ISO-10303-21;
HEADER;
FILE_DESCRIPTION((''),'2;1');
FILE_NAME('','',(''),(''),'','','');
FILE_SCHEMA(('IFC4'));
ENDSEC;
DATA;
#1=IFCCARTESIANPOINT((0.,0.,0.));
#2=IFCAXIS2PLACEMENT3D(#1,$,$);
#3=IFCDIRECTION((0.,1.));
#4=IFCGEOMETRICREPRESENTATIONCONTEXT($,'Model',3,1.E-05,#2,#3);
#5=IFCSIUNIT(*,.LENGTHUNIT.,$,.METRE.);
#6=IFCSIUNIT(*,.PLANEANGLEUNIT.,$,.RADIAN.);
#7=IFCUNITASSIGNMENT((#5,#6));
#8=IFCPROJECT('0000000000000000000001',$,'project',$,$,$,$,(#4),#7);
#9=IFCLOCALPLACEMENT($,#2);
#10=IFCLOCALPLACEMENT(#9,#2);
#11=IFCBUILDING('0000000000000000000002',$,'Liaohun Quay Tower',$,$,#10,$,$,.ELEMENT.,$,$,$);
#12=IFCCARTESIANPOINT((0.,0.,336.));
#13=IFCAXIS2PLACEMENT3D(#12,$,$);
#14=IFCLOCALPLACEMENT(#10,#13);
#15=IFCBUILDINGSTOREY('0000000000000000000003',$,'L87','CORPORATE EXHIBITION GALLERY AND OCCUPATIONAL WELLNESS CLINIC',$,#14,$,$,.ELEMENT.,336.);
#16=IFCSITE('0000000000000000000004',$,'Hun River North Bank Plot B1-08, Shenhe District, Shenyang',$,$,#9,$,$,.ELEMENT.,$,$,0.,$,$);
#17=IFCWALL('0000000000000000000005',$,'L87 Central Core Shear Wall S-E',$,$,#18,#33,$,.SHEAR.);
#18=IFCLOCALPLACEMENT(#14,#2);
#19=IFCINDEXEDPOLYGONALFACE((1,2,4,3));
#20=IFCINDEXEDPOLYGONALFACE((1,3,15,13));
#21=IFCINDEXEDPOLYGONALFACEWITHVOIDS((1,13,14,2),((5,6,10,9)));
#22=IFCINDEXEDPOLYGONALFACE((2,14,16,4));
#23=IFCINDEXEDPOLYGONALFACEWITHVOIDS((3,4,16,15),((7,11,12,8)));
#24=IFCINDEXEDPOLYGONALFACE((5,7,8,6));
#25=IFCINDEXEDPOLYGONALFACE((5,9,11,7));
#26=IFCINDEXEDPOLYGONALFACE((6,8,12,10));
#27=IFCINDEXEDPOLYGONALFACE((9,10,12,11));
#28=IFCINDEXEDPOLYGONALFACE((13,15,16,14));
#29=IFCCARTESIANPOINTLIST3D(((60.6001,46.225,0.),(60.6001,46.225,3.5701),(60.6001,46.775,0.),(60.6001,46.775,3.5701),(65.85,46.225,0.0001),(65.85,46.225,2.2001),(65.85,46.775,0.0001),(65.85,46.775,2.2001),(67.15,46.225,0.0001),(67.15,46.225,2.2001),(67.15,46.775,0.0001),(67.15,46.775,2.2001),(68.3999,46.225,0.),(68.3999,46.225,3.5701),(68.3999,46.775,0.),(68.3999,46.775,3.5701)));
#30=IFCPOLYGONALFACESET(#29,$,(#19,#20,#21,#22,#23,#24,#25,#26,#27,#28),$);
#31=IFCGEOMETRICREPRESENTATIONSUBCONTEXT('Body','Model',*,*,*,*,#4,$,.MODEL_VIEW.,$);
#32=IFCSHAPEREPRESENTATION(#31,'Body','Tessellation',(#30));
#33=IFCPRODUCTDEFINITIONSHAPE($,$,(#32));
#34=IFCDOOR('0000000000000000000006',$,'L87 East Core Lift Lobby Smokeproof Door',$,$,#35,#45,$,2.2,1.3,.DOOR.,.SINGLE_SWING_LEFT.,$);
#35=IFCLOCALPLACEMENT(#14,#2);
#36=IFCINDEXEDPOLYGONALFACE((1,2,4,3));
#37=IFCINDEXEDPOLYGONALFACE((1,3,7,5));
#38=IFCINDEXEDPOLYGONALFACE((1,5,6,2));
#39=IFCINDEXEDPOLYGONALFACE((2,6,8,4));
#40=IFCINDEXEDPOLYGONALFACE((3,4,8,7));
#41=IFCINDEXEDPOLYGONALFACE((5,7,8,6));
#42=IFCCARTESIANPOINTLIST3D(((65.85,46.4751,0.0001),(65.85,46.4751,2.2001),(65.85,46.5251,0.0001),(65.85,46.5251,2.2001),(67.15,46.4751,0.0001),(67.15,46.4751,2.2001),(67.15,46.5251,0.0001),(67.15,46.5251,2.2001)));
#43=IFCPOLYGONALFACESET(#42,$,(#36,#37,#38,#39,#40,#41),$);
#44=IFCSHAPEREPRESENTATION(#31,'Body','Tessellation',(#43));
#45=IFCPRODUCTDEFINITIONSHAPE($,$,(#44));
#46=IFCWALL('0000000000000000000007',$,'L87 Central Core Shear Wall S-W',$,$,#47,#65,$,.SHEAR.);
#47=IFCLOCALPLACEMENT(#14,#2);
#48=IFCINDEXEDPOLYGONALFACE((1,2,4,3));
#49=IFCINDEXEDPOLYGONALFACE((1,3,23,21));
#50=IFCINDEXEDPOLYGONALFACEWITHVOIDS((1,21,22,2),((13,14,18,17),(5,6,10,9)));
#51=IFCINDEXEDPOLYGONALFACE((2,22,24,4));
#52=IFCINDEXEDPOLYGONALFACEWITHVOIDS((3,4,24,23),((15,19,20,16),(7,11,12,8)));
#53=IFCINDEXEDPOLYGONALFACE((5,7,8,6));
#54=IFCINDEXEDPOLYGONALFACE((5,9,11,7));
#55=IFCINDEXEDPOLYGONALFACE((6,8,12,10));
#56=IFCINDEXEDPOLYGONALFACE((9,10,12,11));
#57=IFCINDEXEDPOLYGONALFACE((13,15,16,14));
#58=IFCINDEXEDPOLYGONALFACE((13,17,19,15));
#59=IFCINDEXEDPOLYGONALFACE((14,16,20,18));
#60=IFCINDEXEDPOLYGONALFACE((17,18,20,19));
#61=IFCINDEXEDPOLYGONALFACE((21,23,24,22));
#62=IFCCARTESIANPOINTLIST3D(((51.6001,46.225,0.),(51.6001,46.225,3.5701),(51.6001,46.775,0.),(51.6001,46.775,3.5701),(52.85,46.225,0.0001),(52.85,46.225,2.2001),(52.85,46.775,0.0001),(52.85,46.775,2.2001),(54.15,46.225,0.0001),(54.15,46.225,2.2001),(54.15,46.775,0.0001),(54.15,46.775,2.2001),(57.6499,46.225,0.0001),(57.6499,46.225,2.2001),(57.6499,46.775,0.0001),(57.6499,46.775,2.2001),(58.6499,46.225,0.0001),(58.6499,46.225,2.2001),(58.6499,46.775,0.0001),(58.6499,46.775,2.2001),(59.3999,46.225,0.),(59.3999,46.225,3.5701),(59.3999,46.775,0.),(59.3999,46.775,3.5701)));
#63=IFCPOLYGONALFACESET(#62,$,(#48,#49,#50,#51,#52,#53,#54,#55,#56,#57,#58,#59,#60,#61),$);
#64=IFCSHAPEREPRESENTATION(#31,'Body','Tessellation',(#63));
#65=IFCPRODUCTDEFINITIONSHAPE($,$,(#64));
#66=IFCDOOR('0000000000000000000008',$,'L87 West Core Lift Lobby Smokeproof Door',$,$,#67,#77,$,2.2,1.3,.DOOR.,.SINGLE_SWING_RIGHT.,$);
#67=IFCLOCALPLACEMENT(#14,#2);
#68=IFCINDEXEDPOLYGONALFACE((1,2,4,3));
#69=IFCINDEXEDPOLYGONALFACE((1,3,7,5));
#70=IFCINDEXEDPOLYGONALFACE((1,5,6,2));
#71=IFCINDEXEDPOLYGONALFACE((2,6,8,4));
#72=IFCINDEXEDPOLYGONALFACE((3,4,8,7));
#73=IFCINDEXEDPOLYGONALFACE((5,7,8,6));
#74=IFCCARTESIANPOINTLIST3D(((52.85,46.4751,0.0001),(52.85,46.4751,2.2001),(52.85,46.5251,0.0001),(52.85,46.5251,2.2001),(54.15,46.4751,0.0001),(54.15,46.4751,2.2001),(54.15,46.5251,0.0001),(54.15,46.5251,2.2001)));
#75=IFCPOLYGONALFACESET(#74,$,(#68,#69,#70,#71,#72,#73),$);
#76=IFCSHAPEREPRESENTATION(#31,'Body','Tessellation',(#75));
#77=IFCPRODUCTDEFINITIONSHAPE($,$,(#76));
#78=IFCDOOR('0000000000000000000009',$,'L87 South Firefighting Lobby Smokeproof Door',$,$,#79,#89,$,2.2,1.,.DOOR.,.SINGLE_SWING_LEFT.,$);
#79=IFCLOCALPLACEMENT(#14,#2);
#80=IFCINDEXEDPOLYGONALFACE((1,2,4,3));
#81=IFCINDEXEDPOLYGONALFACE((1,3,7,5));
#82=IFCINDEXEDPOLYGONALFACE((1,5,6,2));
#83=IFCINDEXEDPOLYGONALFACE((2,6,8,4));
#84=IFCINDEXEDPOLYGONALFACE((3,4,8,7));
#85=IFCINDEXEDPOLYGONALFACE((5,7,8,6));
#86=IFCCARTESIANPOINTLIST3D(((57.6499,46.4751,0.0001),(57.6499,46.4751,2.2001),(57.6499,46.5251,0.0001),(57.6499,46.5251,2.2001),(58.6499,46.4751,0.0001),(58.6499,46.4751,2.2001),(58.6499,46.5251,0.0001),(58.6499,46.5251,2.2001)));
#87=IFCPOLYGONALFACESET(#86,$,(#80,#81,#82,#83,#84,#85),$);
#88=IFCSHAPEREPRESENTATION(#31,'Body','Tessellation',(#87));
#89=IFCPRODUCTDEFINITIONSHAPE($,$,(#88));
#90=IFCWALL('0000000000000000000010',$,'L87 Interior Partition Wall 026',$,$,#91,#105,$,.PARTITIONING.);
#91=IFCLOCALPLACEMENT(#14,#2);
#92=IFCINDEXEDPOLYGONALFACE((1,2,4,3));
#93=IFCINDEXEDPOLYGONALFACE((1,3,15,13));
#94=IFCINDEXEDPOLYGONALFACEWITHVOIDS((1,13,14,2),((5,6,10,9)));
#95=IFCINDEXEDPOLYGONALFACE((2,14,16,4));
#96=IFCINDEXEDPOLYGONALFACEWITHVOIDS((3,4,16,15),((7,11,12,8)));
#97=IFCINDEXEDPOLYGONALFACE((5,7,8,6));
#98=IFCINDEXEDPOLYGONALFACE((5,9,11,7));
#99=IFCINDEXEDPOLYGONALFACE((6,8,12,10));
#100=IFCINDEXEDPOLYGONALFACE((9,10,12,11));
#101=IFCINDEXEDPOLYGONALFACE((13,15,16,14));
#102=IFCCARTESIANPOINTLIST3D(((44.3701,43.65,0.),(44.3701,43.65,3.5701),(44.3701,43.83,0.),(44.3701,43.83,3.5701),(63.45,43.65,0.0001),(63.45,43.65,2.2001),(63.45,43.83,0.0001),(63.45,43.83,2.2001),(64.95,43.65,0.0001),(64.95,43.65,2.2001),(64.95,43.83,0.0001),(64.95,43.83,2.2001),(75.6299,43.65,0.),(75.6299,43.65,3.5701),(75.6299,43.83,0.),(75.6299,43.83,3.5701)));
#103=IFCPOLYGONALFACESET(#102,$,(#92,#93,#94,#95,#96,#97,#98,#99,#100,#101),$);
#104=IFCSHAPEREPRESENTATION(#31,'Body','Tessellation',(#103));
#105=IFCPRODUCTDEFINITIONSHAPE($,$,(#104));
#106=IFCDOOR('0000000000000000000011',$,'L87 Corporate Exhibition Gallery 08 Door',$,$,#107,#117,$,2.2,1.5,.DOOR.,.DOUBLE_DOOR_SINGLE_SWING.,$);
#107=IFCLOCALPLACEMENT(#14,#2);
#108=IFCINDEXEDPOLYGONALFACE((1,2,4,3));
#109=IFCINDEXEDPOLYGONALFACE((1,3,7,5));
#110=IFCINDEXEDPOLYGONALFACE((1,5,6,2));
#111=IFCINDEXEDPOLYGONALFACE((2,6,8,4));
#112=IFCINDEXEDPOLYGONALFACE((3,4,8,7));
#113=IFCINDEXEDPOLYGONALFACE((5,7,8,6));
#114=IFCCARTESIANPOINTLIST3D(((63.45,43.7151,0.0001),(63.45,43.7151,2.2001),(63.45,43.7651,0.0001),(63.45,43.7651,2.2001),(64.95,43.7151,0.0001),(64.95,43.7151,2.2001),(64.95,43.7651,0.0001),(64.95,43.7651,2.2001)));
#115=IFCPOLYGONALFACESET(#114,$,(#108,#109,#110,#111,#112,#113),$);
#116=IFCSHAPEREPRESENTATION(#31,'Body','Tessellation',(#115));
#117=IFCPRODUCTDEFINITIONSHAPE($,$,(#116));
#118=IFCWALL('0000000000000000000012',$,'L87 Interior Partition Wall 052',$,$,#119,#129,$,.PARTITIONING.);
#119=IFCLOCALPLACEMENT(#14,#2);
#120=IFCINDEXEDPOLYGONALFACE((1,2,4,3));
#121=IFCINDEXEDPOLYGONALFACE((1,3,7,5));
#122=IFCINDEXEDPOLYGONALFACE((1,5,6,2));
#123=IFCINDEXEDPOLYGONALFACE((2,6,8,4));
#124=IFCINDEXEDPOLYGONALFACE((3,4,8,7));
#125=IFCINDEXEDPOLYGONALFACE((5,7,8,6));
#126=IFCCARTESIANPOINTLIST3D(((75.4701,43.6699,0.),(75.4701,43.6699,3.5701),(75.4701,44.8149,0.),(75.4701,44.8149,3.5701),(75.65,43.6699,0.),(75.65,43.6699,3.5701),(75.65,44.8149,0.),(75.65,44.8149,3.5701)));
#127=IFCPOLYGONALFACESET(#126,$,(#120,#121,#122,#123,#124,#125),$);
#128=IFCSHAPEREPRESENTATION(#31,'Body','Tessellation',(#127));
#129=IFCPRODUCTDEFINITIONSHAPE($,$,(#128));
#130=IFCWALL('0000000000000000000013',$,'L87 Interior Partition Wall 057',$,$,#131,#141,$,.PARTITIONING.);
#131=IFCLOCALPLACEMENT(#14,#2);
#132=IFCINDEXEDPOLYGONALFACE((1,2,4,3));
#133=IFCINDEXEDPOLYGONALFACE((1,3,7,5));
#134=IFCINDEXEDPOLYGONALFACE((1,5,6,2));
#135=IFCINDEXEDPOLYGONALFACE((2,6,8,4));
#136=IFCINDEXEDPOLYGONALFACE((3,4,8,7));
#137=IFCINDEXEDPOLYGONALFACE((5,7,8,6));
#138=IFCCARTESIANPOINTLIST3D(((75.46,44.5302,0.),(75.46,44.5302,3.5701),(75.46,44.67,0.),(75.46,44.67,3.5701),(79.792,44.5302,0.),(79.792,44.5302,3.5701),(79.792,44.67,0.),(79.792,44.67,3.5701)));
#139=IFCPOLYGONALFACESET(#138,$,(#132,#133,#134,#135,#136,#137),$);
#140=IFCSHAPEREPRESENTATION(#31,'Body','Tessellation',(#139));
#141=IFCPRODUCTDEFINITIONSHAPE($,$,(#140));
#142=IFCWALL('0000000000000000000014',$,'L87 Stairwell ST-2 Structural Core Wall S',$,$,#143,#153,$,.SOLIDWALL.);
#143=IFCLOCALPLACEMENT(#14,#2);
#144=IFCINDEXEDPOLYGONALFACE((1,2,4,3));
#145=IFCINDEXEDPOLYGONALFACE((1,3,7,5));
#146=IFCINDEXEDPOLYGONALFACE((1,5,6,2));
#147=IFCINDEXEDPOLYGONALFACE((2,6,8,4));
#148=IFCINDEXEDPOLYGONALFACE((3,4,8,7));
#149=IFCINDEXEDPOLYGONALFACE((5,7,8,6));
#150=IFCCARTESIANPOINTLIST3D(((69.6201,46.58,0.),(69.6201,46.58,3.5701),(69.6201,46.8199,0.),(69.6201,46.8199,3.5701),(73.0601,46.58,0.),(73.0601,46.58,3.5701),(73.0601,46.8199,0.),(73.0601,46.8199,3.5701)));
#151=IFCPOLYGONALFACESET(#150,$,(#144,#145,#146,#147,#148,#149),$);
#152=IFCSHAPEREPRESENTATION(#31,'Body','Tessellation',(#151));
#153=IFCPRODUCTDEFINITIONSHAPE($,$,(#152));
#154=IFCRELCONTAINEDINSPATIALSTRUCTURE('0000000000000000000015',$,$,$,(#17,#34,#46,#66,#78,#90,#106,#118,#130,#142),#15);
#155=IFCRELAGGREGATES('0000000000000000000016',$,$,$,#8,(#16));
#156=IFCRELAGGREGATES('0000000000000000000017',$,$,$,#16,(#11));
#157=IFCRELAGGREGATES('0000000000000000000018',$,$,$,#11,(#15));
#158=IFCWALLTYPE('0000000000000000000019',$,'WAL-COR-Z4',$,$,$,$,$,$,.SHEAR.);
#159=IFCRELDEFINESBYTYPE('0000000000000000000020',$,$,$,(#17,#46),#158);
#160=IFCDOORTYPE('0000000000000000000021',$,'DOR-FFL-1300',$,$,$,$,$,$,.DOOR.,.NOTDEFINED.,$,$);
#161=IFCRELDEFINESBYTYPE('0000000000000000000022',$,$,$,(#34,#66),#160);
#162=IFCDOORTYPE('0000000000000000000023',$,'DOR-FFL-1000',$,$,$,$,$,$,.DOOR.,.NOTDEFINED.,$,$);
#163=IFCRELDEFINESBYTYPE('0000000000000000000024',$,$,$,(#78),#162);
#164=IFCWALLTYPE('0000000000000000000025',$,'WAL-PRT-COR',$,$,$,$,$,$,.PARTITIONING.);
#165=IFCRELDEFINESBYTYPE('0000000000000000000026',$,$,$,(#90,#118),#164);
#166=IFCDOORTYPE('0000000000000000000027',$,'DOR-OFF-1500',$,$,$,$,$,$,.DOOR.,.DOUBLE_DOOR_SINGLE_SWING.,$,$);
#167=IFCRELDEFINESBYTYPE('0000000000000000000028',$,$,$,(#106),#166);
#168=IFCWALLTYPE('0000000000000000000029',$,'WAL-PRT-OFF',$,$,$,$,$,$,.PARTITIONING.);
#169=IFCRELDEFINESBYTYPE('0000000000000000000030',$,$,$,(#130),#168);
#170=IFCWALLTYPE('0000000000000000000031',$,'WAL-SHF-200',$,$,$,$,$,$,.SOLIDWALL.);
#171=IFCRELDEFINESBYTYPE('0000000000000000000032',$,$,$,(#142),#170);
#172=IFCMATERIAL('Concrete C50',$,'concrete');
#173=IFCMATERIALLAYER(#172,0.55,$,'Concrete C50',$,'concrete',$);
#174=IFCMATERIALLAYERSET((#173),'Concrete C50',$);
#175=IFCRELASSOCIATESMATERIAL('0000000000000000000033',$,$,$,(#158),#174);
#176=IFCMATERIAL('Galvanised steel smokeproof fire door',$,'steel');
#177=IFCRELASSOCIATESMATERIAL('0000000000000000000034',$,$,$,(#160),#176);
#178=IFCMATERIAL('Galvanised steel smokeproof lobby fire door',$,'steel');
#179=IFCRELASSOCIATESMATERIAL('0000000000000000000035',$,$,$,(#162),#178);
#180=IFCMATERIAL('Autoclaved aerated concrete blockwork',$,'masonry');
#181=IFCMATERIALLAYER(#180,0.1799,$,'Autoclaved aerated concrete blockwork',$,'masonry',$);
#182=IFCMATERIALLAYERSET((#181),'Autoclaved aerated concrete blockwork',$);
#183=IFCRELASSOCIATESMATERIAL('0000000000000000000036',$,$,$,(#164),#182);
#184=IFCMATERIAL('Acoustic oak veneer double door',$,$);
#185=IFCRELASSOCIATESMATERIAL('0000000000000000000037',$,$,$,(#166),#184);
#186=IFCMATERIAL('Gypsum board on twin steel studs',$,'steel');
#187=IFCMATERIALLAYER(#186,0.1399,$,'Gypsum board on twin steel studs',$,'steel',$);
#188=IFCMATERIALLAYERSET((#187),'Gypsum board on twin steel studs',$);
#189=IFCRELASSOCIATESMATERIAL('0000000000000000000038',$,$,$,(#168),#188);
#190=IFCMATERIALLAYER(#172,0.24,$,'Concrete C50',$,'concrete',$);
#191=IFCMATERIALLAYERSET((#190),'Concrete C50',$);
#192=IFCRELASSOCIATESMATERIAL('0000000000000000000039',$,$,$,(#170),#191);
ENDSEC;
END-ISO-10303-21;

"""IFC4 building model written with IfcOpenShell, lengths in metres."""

from ifc_helpers import new_model, si_unit, direction, frame, frame_2d, origin, place, context, subcontext, project, spatial, rectangle, extrude, source, transform, mapped, material, layer, layer_set, type_object, element, fill, save


model = new_model("IFC4")

# Units and contexts
model_context = context("Model", 3, precision=1e-05, world=origin(), true_north=direction((0.0, 1.0)))
body_context = subcontext(model_context, "Body", "Model", "MODEL_VIEW")
ifc_project = project(units=[si_unit("LENGTHUNIT", "METRE"), si_unit("PLANEANGLEUNIT", "RADIAN")], contexts=[model_context])

# Site, building, storey
site_placement = place(None, origin())
site = spatial("IfcSite", under=ifc_project, at=site_placement, Name="Hun River North Bank Plot B1-08, Shenhe District, Shenyang", CompositionType="ELEMENT", RefElevation=0.0)
building_placement = place(site_placement, origin())
building = spatial("IfcBuilding", under=site, at=building_placement, Name="Liaohun Quay Tower", CompositionType="ELEMENT")
storey_placement = place(building_placement, frame((0.0, 0.0, 336.0)))
storey = spatial("IfcBuildingStorey", under=building, at=storey_placement, Name="L87", Description="CORPORATE EXHIBITION GALLERY AND OCCUPATIONAL WELLNESS CLINIC", CompositionType="ELEMENT", Elevation=336.0)

# Shared definitions
ifc_material_1 = material(Name="Concrete C50", Category="concrete")

# Wall, opening, door
ifc_layer_1 = layer(ifc_material_1, 0.55, Name="Concrete C50", Category="concrete")
ifc_layer_set_1 = layer_set([ifc_layer_1], Name="Concrete C50")
wall_type_1 = type_object("IfcWallType", Name="WAL-COR-Z4", PredefinedType="SHEAR", material=ifc_layer_set_1)
wall_1_placement = place(storey_placement, frame((68.3999, 46.5, 0.0), z_axis=(0.0, 0.0, 1.0), x_axis=(-1.0, 0.0, 0.0)))
wall_1 = element("IfcWall", 1, at=wall_1_placement, inside=storey, type_object=wall_type_1, Name="L87 Central Core Shear Wall S-E", PredefinedType="SHEAR", context=body_context, shape_type="SweptSolid", body=[
    extrude(rectangle(XDim=7.7998, YDim=0.55, at=frame_2d((3.8999, 0.0))), origin(), (0.0, 0.0, 1.0), 3.5701),
])
shared_shape_1 = source(origin(), body_context, "Body", "SweptSolid", [
    extrude(rectangle(XDim=1.3, YDim=2.2, at=frame_2d((0.6499, 1.1001))), frame((0.0, 0.2849, 0.0), z_axis=(0.0, -1.0, 0.0), x_axis=(1.0, 0.0, 0.0)), (0.0, 0.0, 1.0), 0.5701),
])
opening_1_placement = place(wall_1_placement, frame((1.25, 0.0, 0.0)))
opening_1 = element("IfcOpeningElement", 2, at=opening_1_placement, cuts=wall_1, PredefinedType="OPENING", context=body_context, shape_type="MappedRepresentation", body=[
    mapped(shared_shape_1, transform((0.0, 0.0, 0.0), x_axis=(1.0, 0.0, 0.0), y_axis=(0.0, 1.0, 0.0), z_axis=(0.0, 0.0, 1.0), scale=1.0)),
])
ifc_material_2 = material(Name="Galvanised steel smokeproof fire door", Category="steel")
door_type_1 = type_object("IfcDoorType", Name="DOR-FFL-1300", OperationType="NOTDEFINED", PredefinedType="DOOR", material=ifc_material_2)
shared_shape_2 = source(origin(), body_context, "Body", "SweptSolid", [
    extrude(rectangle(XDim=1.3, YDim=2.2, at=frame_2d((0.6499, 1.1001))), frame((0.0, 0.0249, 0.0), z_axis=(0.0, -1.0, 0.0), x_axis=(1.0, 0.0, 0.0)), (0.0, 0.0, 1.0), 0.05),
])
door_1_placement = place(opening_1_placement, origin())
door_1 = element("IfcDoor", 3, at=door_1_placement, inside=storey, type_object=door_type_1, Name="L87 East Core Lift Lobby Smokeproof Door", OperationType="SINGLE_SWING_LEFT", OverallHeight=2.2, OverallWidth=1.3, PredefinedType="DOOR", context=body_context, shape_type="MappedRepresentation", body=[
    mapped(shared_shape_2, transform((0.0, 0.0, 0.0), x_axis=(1.0, 0.0, 0.0), y_axis=(0.0, 1.0, 0.0), z_axis=(0.0, 0.0, 1.0), scale=1.0)),
])
fill(opening_1, door_1)

# Wall, openings, doors
wall_2_placement = place(storey_placement, frame((59.3999, 46.5, 0.0), z_axis=(0.0, 0.0, 1.0), x_axis=(-1.0, 0.0, 0.0)))
wall_2 = element("IfcWall", 4, at=wall_2_placement, inside=storey, type_object=wall_type_1, Name="L87 Central Core Shear Wall S-W", PredefinedType="SHEAR", context=body_context, shape_type="SweptSolid", body=[
    extrude(rectangle(XDim=7.7998, YDim=0.55, at=frame_2d((3.8999, 0.0))), origin(), (0.0, 0.0, 1.0), 3.5701),
])
opening_2_placement = place(wall_2_placement, frame((5.25, 0.0, 0.0)))
opening_2 = element("IfcOpeningElement", 5, at=opening_2_placement, cuts=wall_2, PredefinedType="OPENING", context=body_context, shape_type="MappedRepresentation", body=[
    mapped(shared_shape_1, transform((0.0, 0.0, 0.0), x_axis=(1.0, 0.0, 0.0), y_axis=(0.0, 1.0, 0.0), z_axis=(0.0, 0.0, 1.0), scale=1.0)),
])
shared_shape_3 = source(origin(), body_context, "Body", "SweptSolid", [
    extrude(rectangle(XDim=1.0, YDim=2.2, at=frame_2d((0.5, 1.1001))), frame((0.0, 0.2849, 0.0), z_axis=(0.0, -1.0, 0.0), x_axis=(1.0, 0.0, 0.0)), (0.0, 0.0, 1.0), 0.5701),
])
opening_3_placement = place(wall_2_placement, frame((0.75, 0.0, 0.0)))
opening_3 = element("IfcOpeningElement", 6, at=opening_3_placement, cuts=wall_2, PredefinedType="OPENING", context=body_context, shape_type="MappedRepresentation", body=[
    mapped(shared_shape_3, transform((0.0, 0.0, 0.0), x_axis=(1.0, 0.0, 0.0), y_axis=(0.0, 1.0, 0.0), z_axis=(0.0, 0.0, 1.0), scale=1.0)),
])
door_2_placement = place(opening_2_placement, origin())
door_2 = element("IfcDoor", 7, at=door_2_placement, inside=storey, type_object=door_type_1, Name="L87 West Core Lift Lobby Smokeproof Door", OperationType="SINGLE_SWING_RIGHT", OverallHeight=2.2, OverallWidth=1.3, PredefinedType="DOOR", context=body_context, shape_type="MappedRepresentation", body=[
    mapped(shared_shape_2, transform((0.0, 0.0, 0.0), x_axis=(1.0, 0.0, 0.0), y_axis=(0.0, 1.0, 0.0), z_axis=(0.0, 0.0, 1.0), scale=1.0)),
])
fill(opening_2, door_2)
ifc_material_3 = material(Name="Galvanised steel smokeproof lobby fire door", Category="steel")
door_type_2 = type_object("IfcDoorType", Name="DOR-FFL-1000", OperationType="NOTDEFINED", PredefinedType="DOOR", material=ifc_material_3)
shared_shape_4 = source(origin(), body_context, "Body", "SweptSolid", [
    extrude(rectangle(XDim=1.0, YDim=2.2, at=frame_2d((0.5, 1.1001))), frame((0.0, 0.0249, 0.0), z_axis=(0.0, -1.0, 0.0), x_axis=(1.0, 0.0, 0.0)), (0.0, 0.0, 1.0), 0.05),
])
door_3_placement = place(opening_3_placement, origin())
door_3 = element("IfcDoor", 8, at=door_3_placement, inside=storey, type_object=door_type_2, Name="L87 South Firefighting Lobby Smokeproof Door", OperationType="SINGLE_SWING_LEFT", OverallHeight=2.2, OverallWidth=1.0, PredefinedType="DOOR", context=body_context, shape_type="MappedRepresentation", body=[
    mapped(shared_shape_4, transform((0.0, 0.0, 0.0), x_axis=(1.0, 0.0, 0.0), y_axis=(0.0, 1.0, 0.0), z_axis=(0.0, 0.0, 1.0), scale=1.0)),
])
fill(opening_3, door_3)

# Wall, opening, door
ifc_material_4 = material(Name="Autoclaved aerated concrete blockwork", Category="masonry")
ifc_layer_2 = layer(ifc_material_4, 0.1799, Name="Autoclaved aerated concrete blockwork", Category="masonry")
ifc_layer_set_2 = layer_set([ifc_layer_2], Name="Autoclaved aerated concrete blockwork")
wall_type_2 = type_object("IfcWallType", Name="WAL-PRT-COR", PredefinedType="PARTITIONING", material=ifc_layer_set_2)
wall_3_placement = place(storey_placement, frame((75.6299, 43.74, 0.0), z_axis=(0.0, 0.0, 1.0), x_axis=(-1.0, 0.0, 0.0)))
wall_3 = element("IfcWall", 9, at=wall_3_placement, inside=storey, type_object=wall_type_2, Name="L87 Interior Partition Wall 026", PredefinedType="PARTITIONING", context=body_context, shape_type="SweptSolid", body=[
    extrude(rectangle(XDim=31.2598, YDim=0.1799, at=frame_2d((15.6299, 0.0))), origin(), (0.0, 0.0, 1.0), 3.5701),
])
shared_shape_5 = source(origin(), body_context, "Body", "SweptSolid", [
    extrude(rectangle(XDim=1.5, YDim=2.2, at=frame_2d((0.75, 1.1001))), frame((0.0, 0.0999, 0.0), z_axis=(0.0, -1.0, 0.0), x_axis=(1.0, 0.0, 0.0)), (0.0, 0.0, 1.0), 0.2),
])
opening_4_placement = place(wall_3_placement, frame((10.6799, 0.0, 0.0)))
opening_4 = element("IfcOpeningElement", 10, at=opening_4_placement, cuts=wall_3, PredefinedType="OPENING", context=body_context, shape_type="MappedRepresentation", body=[
    mapped(shared_shape_5, transform((0.0, 0.0, 0.0), x_axis=(1.0, 0.0, 0.0), y_axis=(0.0, 1.0, 0.0), z_axis=(0.0, 0.0, 1.0), scale=1.0)),
])
ifc_material_5 = material(Name="Acoustic oak veneer double door")
door_type_3 = type_object("IfcDoorType", Name="DOR-OFF-1500", OperationType="DOUBLE_DOOR_SINGLE_SWING", PredefinedType="DOOR", material=ifc_material_5)
shared_shape_6 = source(origin(), body_context, "Body", "SweptSolid", [
    extrude(rectangle(XDim=1.5, YDim=2.2, at=frame_2d((0.75, 1.1001))), frame((0.0, 0.0249, 0.0), z_axis=(0.0, -1.0, 0.0), x_axis=(1.0, 0.0, 0.0)), (0.0, 0.0, 1.0), 0.05),
])
door_4_placement = place(opening_4_placement, origin())
door_4 = element("IfcDoor", 11, at=door_4_placement, inside=storey, type_object=door_type_3, Name="L87 Corporate Exhibition Gallery 08 Door", OperationType="DOUBLE_DOOR_SINGLE_SWING", OverallHeight=2.2, OverallWidth=1.5, PredefinedType="DOOR", context=body_context, shape_type="MappedRepresentation", body=[
    mapped(shared_shape_6, transform((0.0, 0.0, 0.0), x_axis=(1.0, 0.0, 0.0), y_axis=(0.0, 1.0, 0.0), z_axis=(0.0, 0.0, 1.0), scale=1.0)),
])
fill(opening_4, door_4)

# Walls
wall_4_placement = place(storey_placement, frame((75.5601, 44.8149, 0.0), z_axis=(0.0, 0.0, 1.0), x_axis=(0.0, -1.0, 0.0)))
element("IfcWall", 12, at=wall_4_placement, inside=storey, type_object=wall_type_2, Name="L87 Interior Partition Wall 052", PredefinedType="PARTITIONING", context=body_context, shape_type="SweptSolid", body=[
    extrude(rectangle(XDim=1.145, YDim=0.1799, at=frame_2d((0.5725, 0.0))), origin(), (0.0, 0.0, 1.0), 3.5701),
])
ifc_material_6 = material(Name="Gypsum board on twin steel studs", Category="steel")
ifc_layer_3 = layer(ifc_material_6, 0.1399, Name="Gypsum board on twin steel studs", Category="steel")
ifc_layer_set_3 = layer_set([ifc_layer_3], Name="Gypsum board on twin steel studs")
wall_type_3 = type_object("IfcWallType", Name="WAL-PRT-OFF", PredefinedType="PARTITIONING", material=ifc_layer_set_3)
wall_5_placement = place(storey_placement, frame((75.46, 44.6001, 0.0), z_axis=(0.0, 0.0, 1.0), x_axis=(1.0, 0.0, 0.0)))
element("IfcWall", 13, at=wall_5_placement, inside=storey, type_object=wall_type_3, Name="L87 Interior Partition Wall 057", PredefinedType="PARTITIONING", context=body_context, shape_type="SweptSolid", body=[
    extrude(rectangle(XDim=4.332, YDim=0.1399, at=frame_2d((2.166, 0.0))), origin(), (0.0, 0.0, 1.0), 3.5701),
])
ifc_layer_4 = layer(ifc_material_1, 0.24, Name="Concrete C50", Category="concrete")
ifc_layer_set_4 = layer_set([ifc_layer_4], Name="Concrete C50")
wall_type_4 = type_object("IfcWallType", Name="WAL-SHF-200", PredefinedType="SOLIDWALL", material=ifc_layer_set_4)
wall_6_placement = place(storey_placement, frame((69.6201, 46.7, 0.0), z_axis=(0.0, 0.0, 1.0), x_axis=(1.0, 0.0, 0.0)))
element("IfcWall", 14, at=wall_6_placement, inside=storey, type_object=wall_type_4, Name="L87 Stairwell ST-2 Structural Core Wall S", PredefinedType="SOLIDWALL", context=body_context, shape_type="SweptSolid", body=[
    extrude(rectangle(XDim=3.4399, YDim=0.24, at=frame_2d((1.72, 0.0))), origin(), (0.0, 0.0, 1.0), 3.5701),
])

save(model, "model.ifc")
